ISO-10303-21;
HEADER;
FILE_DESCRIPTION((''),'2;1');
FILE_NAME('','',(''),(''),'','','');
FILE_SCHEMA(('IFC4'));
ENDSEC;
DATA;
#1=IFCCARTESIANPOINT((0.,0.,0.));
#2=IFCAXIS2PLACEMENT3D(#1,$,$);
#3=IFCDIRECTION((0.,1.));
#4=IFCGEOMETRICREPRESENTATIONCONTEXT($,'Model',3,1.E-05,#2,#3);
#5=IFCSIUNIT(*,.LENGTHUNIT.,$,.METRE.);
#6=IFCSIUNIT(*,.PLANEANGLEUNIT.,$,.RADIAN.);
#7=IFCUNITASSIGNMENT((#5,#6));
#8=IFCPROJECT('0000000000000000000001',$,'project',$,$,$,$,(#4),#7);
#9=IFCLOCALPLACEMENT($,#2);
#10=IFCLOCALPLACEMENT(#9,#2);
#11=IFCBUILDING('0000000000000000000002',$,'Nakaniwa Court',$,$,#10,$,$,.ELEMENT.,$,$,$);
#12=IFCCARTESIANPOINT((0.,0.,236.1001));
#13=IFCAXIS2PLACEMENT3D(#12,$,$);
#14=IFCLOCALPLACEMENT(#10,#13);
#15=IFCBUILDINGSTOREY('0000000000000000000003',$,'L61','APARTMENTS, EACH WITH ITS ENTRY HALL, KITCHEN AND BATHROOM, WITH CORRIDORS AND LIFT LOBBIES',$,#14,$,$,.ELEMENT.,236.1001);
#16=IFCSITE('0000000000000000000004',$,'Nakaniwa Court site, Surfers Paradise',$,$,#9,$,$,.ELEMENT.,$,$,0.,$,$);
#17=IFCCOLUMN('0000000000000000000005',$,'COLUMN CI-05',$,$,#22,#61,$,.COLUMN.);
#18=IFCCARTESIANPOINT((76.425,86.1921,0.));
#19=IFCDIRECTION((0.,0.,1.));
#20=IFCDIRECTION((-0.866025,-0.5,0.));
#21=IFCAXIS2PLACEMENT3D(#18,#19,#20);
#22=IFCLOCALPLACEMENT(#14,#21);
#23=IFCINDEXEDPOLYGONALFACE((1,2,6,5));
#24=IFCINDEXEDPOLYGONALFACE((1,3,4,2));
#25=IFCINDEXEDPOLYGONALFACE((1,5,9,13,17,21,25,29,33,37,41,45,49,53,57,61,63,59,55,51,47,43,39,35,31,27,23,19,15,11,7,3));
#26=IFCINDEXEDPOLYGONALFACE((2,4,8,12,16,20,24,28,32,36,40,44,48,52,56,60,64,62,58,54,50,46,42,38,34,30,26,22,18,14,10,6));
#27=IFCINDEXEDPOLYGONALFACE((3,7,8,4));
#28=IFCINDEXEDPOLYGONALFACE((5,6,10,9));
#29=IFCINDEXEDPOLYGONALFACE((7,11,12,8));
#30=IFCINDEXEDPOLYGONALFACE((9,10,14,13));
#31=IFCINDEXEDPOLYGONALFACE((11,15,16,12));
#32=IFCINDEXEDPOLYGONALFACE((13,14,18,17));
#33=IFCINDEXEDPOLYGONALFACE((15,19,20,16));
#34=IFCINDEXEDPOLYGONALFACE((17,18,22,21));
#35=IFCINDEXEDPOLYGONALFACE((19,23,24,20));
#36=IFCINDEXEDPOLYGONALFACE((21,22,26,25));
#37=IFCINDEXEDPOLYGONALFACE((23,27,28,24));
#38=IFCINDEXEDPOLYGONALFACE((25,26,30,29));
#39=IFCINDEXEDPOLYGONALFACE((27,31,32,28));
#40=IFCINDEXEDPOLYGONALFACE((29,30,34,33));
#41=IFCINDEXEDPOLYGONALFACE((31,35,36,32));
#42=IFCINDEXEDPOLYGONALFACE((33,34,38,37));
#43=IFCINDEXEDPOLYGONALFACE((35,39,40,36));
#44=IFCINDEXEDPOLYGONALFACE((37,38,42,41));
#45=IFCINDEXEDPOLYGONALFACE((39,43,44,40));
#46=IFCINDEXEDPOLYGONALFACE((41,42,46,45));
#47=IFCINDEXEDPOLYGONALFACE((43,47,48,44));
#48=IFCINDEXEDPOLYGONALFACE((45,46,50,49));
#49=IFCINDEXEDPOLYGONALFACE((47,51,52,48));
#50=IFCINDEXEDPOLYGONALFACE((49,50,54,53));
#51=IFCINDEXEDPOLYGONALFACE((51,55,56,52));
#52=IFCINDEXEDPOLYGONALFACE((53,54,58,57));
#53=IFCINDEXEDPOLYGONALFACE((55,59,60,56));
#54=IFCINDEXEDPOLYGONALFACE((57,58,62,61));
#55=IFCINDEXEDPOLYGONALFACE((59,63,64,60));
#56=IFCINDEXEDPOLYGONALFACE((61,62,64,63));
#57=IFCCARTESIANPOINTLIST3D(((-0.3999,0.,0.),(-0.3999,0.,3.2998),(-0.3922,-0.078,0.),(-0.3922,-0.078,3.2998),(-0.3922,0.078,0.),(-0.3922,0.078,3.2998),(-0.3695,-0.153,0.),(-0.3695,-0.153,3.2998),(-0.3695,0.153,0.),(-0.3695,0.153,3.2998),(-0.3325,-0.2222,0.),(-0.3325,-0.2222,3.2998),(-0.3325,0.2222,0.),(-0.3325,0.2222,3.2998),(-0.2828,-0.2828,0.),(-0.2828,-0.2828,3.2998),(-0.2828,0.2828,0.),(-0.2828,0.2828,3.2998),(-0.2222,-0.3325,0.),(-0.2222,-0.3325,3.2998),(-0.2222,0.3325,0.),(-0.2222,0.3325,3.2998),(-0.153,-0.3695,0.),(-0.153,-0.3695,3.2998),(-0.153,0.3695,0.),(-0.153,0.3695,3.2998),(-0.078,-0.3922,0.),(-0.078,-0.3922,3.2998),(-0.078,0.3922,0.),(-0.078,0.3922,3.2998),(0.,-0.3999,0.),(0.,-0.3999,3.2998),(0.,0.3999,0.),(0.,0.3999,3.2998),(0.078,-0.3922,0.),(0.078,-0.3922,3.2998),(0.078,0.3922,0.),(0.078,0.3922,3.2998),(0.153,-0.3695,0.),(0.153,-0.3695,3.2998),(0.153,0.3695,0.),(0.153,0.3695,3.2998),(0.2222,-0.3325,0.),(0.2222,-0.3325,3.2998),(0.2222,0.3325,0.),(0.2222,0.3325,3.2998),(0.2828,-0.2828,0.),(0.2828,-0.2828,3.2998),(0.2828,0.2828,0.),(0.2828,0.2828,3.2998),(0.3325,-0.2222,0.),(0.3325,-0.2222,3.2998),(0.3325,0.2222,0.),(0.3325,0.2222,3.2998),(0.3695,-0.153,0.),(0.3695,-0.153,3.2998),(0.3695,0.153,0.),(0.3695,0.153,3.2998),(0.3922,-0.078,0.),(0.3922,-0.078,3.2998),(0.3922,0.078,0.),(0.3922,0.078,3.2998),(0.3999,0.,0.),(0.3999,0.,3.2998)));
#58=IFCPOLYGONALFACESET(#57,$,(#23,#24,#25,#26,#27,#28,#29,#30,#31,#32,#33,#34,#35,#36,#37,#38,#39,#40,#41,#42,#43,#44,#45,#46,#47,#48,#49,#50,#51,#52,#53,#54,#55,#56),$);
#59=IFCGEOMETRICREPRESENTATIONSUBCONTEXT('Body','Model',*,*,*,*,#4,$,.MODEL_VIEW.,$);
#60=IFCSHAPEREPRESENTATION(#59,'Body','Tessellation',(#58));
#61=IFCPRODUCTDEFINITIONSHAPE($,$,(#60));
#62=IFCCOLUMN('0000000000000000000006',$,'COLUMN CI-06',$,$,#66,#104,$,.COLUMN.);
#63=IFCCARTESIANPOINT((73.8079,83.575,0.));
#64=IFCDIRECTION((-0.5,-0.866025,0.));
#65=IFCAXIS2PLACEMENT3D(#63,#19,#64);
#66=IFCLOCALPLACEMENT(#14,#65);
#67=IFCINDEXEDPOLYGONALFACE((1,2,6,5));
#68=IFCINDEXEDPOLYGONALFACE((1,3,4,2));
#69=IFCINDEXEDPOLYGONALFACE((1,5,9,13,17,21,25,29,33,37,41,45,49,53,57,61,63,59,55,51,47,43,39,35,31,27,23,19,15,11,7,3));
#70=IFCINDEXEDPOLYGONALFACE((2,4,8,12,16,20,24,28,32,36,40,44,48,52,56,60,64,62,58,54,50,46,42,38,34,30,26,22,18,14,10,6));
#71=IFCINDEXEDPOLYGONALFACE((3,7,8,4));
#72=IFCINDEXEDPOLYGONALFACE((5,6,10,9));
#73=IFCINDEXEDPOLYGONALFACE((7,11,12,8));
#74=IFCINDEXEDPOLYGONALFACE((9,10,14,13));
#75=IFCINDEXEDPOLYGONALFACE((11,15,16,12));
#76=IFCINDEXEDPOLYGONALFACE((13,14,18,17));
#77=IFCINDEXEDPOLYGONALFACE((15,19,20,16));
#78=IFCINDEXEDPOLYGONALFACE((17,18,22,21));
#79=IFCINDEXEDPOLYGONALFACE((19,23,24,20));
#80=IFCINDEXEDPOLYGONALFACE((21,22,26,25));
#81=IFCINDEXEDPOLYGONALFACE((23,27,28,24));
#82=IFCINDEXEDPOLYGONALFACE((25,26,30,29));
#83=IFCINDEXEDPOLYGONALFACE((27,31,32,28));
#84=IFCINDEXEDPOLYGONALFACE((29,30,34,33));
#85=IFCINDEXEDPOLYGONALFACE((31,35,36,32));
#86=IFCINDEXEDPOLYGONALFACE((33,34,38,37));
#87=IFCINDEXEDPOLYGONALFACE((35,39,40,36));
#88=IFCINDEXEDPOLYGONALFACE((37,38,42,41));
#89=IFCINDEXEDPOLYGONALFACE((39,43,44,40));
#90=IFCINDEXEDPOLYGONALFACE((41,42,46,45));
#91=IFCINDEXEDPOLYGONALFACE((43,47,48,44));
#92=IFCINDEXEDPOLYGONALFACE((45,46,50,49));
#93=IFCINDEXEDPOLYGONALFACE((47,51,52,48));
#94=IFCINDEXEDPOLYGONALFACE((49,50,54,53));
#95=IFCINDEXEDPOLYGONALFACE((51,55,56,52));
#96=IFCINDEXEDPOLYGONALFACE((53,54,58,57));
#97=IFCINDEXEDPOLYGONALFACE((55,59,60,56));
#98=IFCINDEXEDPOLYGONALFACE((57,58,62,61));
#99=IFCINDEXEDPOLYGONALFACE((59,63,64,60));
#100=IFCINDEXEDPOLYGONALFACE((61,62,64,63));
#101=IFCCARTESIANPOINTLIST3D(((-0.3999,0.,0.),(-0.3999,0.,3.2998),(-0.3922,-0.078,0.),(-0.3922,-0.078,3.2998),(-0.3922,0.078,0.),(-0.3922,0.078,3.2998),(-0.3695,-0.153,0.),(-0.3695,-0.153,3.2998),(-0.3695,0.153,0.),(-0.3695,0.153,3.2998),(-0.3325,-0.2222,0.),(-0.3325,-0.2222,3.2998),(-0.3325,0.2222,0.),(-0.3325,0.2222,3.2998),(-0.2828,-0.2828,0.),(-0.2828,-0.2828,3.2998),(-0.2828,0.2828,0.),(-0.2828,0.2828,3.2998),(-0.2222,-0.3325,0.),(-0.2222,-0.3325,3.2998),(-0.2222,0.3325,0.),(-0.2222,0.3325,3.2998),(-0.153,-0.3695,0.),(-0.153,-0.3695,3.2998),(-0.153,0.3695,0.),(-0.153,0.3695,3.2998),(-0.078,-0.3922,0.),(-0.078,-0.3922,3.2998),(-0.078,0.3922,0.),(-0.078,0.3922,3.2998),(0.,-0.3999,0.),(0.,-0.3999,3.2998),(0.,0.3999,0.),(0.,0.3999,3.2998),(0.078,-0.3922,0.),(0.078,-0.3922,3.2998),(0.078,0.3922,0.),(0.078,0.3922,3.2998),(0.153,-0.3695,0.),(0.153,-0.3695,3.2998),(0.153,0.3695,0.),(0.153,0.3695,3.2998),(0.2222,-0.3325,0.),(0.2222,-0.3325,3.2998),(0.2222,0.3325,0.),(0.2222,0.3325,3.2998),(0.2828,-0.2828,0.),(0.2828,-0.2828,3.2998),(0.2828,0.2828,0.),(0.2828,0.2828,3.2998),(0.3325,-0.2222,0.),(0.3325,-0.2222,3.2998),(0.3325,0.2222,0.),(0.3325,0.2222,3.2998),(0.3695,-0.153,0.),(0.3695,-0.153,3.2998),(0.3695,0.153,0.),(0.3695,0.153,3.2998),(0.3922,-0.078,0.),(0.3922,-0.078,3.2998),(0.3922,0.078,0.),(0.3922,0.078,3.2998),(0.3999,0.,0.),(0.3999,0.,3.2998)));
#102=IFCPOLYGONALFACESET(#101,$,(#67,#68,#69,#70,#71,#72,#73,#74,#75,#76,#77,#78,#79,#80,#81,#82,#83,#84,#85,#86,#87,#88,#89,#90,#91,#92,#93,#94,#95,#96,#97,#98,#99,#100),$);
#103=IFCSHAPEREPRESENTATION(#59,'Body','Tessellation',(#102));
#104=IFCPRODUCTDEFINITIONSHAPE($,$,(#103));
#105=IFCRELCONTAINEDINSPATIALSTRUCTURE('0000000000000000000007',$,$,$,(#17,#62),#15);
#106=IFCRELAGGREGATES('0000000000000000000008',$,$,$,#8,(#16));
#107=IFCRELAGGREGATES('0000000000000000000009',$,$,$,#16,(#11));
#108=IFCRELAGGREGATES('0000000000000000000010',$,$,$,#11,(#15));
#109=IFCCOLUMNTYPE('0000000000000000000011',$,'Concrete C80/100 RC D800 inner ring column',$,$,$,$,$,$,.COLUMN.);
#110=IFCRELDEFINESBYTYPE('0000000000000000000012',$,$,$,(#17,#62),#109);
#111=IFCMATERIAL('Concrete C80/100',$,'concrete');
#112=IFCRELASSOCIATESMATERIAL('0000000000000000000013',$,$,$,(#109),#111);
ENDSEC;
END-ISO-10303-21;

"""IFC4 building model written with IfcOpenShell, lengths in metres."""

from ifc_helpers import new_model, si_unit, direction, frame, origin, origin_2d, place, context, subcontext, project, spatial, circle, extrude, material, material_profile, profile_set, type_object, element, save


model = new_model("IFC4")

# Units and contexts
model_context = context("Model", 3, precision=1e-05, world=origin(), true_north=direction((0.0, 1.0)))
body_context = subcontext(model_context, "Body", "Model", "MODEL_VIEW")
ifc_project = project(units=[si_unit("LENGTHUNIT", "METRE"), si_unit("PLANEANGLEUNIT", "RADIAN")], contexts=[model_context])

# Site, building, storey
site_placement = place(None, origin())
site = spatial("IfcSite", under=ifc_project, at=site_placement, Name="Nakaniwa Court site, Surfers Paradise", CompositionType="ELEMENT", RefElevation=0.0)
building_placement = place(site_placement, origin())
building = spatial("IfcBuilding", under=site, at=building_placement, Name="Nakaniwa Court", CompositionType="ELEMENT")
storey_placement = place(building_placement, frame((0.0, 0.0, 236.1001)))
storey = spatial("IfcBuildingStorey", under=building, at=storey_placement, Name="L61", Description="APARTMENTS, EACH WITH ITS ENTRY HALL, KITCHEN AND BATHROOM, WITH CORRIDORS AND LIFT LOBBIES", CompositionType="ELEMENT", Elevation=236.1001)

# Columns
ifc_material_1 = material(Name="Concrete C80/100", Category="concrete")
ifc_material_profile_1 = material_profile(ifc_material_1, circle(Radius=0.3999, at=origin_2d()), Name="Concrete C80/100 RC D800 inner ring column")
ifc_profile_set_1 = profile_set([ifc_material_profile_1], Name="Concrete C80/100")
column_type_1 = type_object("IfcColumnType", Name="Concrete C80/100 RC D800 inner ring column", PredefinedType="COLUMN", material=ifc_profile_set_1)
for number, where, z_axis, x_axis, name in (
    (1, (76.425, 86.1921, 0.0), (0.0, 0.0, 1.0), (-0.866025, -0.5, 0.0), "COLUMN CI-05"),
    (2, (73.8079, 83.575, 0.0), (0.0, 0.0, 1.0), (-0.5, -0.866025, 0.0), "COLUMN CI-06"),
):
    element("IfcColumn", number, at=place(storey_placement, frame(where, z_axis=z_axis, x_axis=x_axis)), inside=storey, type_object=column_type_1, Name=name, PredefinedType="COLUMN", context=body_context, shape_type="SweptSolid", body=[
        extrude(circle(Radius=0.3999, at=origin_2d()), origin(), (0.0, 0.0, 1.0), 3.2998),
    ])

save(model, "model.ifc")
